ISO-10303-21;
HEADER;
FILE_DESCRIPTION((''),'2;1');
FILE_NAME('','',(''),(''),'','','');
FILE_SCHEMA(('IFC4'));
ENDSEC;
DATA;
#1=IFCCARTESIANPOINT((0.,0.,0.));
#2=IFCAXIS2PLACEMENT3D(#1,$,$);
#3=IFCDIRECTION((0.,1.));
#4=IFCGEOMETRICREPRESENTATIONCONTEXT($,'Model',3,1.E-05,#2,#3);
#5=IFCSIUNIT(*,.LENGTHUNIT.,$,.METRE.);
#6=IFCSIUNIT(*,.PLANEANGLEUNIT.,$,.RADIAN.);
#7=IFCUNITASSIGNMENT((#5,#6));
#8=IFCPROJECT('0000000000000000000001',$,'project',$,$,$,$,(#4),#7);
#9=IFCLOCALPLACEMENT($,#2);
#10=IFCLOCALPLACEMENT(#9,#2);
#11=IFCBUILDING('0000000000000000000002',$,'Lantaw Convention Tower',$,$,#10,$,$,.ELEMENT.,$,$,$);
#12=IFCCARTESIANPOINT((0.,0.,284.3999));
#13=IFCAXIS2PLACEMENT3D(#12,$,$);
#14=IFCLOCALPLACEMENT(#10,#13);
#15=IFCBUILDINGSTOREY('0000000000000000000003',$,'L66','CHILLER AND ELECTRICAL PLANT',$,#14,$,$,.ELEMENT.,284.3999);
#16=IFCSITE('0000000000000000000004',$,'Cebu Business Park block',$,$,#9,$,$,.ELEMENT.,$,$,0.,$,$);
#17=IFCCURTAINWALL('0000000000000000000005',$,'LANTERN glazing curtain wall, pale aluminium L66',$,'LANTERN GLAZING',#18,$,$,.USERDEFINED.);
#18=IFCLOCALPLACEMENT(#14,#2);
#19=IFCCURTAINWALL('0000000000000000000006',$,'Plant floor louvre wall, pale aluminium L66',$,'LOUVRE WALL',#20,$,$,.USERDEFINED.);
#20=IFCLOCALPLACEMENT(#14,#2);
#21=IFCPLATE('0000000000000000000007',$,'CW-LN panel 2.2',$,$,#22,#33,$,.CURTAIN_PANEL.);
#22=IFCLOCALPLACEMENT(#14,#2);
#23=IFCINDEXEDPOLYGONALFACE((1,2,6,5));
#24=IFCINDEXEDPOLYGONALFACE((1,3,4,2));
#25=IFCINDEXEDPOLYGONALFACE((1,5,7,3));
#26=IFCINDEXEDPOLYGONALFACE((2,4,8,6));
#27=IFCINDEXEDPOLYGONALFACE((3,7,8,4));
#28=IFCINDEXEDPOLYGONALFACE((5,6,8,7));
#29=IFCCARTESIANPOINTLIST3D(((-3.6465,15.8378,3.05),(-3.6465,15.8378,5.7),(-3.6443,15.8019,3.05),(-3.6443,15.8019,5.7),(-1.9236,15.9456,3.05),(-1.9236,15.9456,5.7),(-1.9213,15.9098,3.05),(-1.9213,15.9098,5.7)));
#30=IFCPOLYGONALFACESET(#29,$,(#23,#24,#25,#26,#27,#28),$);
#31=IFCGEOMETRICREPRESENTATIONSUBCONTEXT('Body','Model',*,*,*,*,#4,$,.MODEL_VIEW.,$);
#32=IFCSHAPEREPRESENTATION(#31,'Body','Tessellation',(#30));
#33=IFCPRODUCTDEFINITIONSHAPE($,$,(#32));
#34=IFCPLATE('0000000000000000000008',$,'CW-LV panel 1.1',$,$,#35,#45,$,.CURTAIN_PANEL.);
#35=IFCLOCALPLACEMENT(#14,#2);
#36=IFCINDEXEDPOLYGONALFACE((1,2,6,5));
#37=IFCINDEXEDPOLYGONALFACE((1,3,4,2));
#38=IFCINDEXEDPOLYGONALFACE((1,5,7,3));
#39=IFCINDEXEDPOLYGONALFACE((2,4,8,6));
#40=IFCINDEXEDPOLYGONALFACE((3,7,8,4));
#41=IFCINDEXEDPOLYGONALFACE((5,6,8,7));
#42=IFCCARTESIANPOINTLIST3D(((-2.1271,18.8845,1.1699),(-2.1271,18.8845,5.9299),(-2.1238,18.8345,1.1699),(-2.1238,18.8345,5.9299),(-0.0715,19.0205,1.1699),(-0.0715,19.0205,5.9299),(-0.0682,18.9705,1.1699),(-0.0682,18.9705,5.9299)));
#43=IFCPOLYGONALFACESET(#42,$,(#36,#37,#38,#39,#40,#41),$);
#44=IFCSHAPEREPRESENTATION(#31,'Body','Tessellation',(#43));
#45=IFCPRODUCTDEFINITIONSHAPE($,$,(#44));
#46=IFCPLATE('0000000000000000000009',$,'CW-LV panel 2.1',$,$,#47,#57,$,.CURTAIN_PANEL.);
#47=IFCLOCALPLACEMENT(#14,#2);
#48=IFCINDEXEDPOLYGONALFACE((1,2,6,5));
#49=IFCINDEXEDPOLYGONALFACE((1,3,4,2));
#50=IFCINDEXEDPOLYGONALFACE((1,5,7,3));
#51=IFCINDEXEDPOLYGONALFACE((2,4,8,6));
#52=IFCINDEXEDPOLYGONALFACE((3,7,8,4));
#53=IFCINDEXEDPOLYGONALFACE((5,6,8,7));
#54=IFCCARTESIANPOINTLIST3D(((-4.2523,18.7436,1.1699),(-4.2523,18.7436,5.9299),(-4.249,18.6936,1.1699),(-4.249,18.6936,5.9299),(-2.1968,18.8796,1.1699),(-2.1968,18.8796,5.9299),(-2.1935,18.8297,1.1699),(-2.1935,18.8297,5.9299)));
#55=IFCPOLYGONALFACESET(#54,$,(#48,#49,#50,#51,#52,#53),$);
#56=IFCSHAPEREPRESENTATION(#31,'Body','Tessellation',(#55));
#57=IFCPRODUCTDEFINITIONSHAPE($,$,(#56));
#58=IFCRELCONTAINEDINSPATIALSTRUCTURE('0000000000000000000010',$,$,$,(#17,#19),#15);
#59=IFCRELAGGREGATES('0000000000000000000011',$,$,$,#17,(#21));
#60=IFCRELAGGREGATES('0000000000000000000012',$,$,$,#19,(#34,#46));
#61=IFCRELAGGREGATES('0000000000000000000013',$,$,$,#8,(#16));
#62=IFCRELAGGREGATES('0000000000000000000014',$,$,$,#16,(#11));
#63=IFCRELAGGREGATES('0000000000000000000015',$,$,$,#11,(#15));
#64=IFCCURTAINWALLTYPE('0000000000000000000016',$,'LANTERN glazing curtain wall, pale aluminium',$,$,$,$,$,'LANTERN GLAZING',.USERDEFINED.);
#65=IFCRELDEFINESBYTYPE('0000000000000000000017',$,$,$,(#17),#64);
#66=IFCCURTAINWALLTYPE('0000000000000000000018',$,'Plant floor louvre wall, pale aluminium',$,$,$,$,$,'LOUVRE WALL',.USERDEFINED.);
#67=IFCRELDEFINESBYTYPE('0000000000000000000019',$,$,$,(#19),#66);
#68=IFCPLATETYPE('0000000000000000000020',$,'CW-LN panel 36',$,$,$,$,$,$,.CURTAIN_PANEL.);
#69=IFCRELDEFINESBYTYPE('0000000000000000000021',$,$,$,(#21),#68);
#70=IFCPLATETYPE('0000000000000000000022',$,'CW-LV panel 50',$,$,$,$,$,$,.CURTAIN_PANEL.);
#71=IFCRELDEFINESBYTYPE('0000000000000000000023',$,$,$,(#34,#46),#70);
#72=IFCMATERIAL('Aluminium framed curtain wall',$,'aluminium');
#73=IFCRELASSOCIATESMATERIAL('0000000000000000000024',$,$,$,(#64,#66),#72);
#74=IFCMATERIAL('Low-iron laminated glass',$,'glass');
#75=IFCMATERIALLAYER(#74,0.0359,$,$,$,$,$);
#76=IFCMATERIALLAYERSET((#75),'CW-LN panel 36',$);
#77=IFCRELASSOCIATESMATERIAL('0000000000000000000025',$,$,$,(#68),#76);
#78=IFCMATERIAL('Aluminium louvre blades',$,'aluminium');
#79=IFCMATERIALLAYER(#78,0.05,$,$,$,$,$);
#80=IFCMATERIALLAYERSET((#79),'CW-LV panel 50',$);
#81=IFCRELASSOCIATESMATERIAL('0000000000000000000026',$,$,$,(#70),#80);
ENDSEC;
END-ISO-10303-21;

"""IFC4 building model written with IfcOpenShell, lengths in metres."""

from ifc_helpers import new_model, si_unit, direction, frame, origin, origin_2d, place, context, subcontext, project, spatial, rectangle, extrude, material, layer, layer_set, type_object, element, aggregate, save


model = new_model("IFC4")

# Units and contexts
model_context = context("Model", 3, precision=1e-05, world=origin(), true_north=direction((0.0, 1.0)))
body_context = subcontext(model_context, "Body", "Model", "MODEL_VIEW")
ifc_project = project(units=[si_unit("LENGTHUNIT", "METRE"), si_unit("PLANEANGLEUNIT", "RADIAN")], contexts=[model_context])

# Site, building, storey
site_placement = place(None, origin())
site = spatial("IfcSite", under=ifc_project, at=site_placement, Name="Cebu Business Park block", CompositionType="ELEMENT", RefElevation=0.0)
building_placement = place(site_placement, origin())
building = spatial("IfcBuilding", under=site, at=building_placement, Name="Lantaw Convention Tower", CompositionType="ELEMENT")
storey_placement = place(building_placement, frame((0.0, 0.0, 284.3999)))
storey = spatial("IfcBuildingStorey", under=building, at=storey_placement, Name="L66", Description="CHILLER AND ELECTRICAL PLANT", CompositionType="ELEMENT", Elevation=284.3999)

# Curtain walls
ifc_material_1 = material(Name="Aluminium framed curtain wall", Category="aluminium")
curtain_wall_type_1 = type_object("IfcCurtainWallType", Name="LANTERN glazing curtain wall, pale aluminium", ElementType="LANTERN GLAZING", PredefinedType="USERDEFINED", material=ifc_material_1)
curtain_wall_1_placement = place(storey_placement, origin())
curtain_wall_1 = element("IfcCurtainWall", 1, at=curtain_wall_1_placement, inside=storey, type_object=curtain_wall_type_1, Name="LANTERN glazing curtain wall, pale aluminium L66", ObjectType="LANTERN GLAZING", PredefinedType="USERDEFINED")
curtain_wall_type_2 = type_object("IfcCurtainWallType", Name="Plant floor louvre wall, pale aluminium", ElementType="LOUVRE WALL", PredefinedType="USERDEFINED", material=ifc_material_1)
curtain_wall_2_placement = place(storey_placement, origin())
curtain_wall_2 = element("IfcCurtainWall", 2, at=curtain_wall_2_placement, inside=storey, type_object=curtain_wall_type_2, Name="Plant floor louvre wall, pale aluminium L66", ObjectType="LOUVRE WALL", PredefinedType="USERDEFINED")

# Plates
ifc_material_2 = material(Name="Low-iron laminated glass", Category="glass")
ifc_layer_1 = layer(ifc_material_2, 0.0359)
ifc_layer_set_1 = layer_set([ifc_layer_1], Name="CW-LN panel 36")
plate_type_1 = type_object("IfcPlateType", Name="CW-LN panel 36", PredefinedType="CURTAIN_PANEL", material=ifc_layer_set_1)
plate_1_placement = place(storey_placement, frame((-2.7839, 15.8738, 3.05), z_axis=(0.0, 0.0, 1.0), x_axis=(-0.998046, -0.062489, 0.0)))
plate_1 = element("IfcPlate", 3, at=plate_1_placement, type_object=plate_type_1, Name="CW-LN panel 2.2", PredefinedType="CURTAIN_PANEL", context=body_context, shape_type="SweptSolid", body=[
    extrude(rectangle(XDim=1.7263, YDim=0.0359, at=origin_2d()), origin(), (0.0, 0.0, 1.0), 2.6499),
])
aggregate(curtain_wall_1, [plate_1])
ifc_material_3 = material(Name="Aluminium louvre blades", Category="aluminium")
ifc_layer_2 = layer(ifc_material_3, 0.05)
ifc_layer_set_2 = layer_set([ifc_layer_2], Name="CW-LV panel 50")
plate_type_2 = type_object("IfcPlateType", Name="CW-LV panel 50", PredefinedType="CURTAIN_PANEL", material=ifc_layer_set_2)
plate_2_placement = place(storey_placement, frame((-1.0977, 18.9275, 1.1699), z_axis=(0.0, 0.0, 1.0), x_axis=(-0.997818, -0.066025, 0.0)))
plate_2 = element("IfcPlate", 4, at=plate_2_placement, type_object=plate_type_2, Name="CW-LV panel 1.1", PredefinedType="CURTAIN_PANEL", context=body_context, shape_type="SweptSolid", body=[
    extrude(rectangle(XDim=2.0601, YDim=0.05, at=origin_2d()), origin(), (0.0, 0.0, 1.0), 4.76),
])
plate_3_placement = place(storey_placement, frame((-3.2229, 18.7866, 1.1699), z_axis=(0.0, 0.0, 1.0), x_axis=(-0.997818, -0.066025, 0.0)))
plate_3 = element("IfcPlate", 5, at=plate_3_placement, type_object=plate_type_2, Name="CW-LV panel 2.1", PredefinedType="CURTAIN_PANEL", context=body_context, shape_type="SweptSolid", body=[
    extrude(rectangle(XDim=2.0601, YDim=0.05, at=origin_2d()), origin(), (0.0, 0.0, 1.0), 4.76),
])
aggregate(curtain_wall_2, [plate_2, plate_3])

save(model, "model.ifc")
